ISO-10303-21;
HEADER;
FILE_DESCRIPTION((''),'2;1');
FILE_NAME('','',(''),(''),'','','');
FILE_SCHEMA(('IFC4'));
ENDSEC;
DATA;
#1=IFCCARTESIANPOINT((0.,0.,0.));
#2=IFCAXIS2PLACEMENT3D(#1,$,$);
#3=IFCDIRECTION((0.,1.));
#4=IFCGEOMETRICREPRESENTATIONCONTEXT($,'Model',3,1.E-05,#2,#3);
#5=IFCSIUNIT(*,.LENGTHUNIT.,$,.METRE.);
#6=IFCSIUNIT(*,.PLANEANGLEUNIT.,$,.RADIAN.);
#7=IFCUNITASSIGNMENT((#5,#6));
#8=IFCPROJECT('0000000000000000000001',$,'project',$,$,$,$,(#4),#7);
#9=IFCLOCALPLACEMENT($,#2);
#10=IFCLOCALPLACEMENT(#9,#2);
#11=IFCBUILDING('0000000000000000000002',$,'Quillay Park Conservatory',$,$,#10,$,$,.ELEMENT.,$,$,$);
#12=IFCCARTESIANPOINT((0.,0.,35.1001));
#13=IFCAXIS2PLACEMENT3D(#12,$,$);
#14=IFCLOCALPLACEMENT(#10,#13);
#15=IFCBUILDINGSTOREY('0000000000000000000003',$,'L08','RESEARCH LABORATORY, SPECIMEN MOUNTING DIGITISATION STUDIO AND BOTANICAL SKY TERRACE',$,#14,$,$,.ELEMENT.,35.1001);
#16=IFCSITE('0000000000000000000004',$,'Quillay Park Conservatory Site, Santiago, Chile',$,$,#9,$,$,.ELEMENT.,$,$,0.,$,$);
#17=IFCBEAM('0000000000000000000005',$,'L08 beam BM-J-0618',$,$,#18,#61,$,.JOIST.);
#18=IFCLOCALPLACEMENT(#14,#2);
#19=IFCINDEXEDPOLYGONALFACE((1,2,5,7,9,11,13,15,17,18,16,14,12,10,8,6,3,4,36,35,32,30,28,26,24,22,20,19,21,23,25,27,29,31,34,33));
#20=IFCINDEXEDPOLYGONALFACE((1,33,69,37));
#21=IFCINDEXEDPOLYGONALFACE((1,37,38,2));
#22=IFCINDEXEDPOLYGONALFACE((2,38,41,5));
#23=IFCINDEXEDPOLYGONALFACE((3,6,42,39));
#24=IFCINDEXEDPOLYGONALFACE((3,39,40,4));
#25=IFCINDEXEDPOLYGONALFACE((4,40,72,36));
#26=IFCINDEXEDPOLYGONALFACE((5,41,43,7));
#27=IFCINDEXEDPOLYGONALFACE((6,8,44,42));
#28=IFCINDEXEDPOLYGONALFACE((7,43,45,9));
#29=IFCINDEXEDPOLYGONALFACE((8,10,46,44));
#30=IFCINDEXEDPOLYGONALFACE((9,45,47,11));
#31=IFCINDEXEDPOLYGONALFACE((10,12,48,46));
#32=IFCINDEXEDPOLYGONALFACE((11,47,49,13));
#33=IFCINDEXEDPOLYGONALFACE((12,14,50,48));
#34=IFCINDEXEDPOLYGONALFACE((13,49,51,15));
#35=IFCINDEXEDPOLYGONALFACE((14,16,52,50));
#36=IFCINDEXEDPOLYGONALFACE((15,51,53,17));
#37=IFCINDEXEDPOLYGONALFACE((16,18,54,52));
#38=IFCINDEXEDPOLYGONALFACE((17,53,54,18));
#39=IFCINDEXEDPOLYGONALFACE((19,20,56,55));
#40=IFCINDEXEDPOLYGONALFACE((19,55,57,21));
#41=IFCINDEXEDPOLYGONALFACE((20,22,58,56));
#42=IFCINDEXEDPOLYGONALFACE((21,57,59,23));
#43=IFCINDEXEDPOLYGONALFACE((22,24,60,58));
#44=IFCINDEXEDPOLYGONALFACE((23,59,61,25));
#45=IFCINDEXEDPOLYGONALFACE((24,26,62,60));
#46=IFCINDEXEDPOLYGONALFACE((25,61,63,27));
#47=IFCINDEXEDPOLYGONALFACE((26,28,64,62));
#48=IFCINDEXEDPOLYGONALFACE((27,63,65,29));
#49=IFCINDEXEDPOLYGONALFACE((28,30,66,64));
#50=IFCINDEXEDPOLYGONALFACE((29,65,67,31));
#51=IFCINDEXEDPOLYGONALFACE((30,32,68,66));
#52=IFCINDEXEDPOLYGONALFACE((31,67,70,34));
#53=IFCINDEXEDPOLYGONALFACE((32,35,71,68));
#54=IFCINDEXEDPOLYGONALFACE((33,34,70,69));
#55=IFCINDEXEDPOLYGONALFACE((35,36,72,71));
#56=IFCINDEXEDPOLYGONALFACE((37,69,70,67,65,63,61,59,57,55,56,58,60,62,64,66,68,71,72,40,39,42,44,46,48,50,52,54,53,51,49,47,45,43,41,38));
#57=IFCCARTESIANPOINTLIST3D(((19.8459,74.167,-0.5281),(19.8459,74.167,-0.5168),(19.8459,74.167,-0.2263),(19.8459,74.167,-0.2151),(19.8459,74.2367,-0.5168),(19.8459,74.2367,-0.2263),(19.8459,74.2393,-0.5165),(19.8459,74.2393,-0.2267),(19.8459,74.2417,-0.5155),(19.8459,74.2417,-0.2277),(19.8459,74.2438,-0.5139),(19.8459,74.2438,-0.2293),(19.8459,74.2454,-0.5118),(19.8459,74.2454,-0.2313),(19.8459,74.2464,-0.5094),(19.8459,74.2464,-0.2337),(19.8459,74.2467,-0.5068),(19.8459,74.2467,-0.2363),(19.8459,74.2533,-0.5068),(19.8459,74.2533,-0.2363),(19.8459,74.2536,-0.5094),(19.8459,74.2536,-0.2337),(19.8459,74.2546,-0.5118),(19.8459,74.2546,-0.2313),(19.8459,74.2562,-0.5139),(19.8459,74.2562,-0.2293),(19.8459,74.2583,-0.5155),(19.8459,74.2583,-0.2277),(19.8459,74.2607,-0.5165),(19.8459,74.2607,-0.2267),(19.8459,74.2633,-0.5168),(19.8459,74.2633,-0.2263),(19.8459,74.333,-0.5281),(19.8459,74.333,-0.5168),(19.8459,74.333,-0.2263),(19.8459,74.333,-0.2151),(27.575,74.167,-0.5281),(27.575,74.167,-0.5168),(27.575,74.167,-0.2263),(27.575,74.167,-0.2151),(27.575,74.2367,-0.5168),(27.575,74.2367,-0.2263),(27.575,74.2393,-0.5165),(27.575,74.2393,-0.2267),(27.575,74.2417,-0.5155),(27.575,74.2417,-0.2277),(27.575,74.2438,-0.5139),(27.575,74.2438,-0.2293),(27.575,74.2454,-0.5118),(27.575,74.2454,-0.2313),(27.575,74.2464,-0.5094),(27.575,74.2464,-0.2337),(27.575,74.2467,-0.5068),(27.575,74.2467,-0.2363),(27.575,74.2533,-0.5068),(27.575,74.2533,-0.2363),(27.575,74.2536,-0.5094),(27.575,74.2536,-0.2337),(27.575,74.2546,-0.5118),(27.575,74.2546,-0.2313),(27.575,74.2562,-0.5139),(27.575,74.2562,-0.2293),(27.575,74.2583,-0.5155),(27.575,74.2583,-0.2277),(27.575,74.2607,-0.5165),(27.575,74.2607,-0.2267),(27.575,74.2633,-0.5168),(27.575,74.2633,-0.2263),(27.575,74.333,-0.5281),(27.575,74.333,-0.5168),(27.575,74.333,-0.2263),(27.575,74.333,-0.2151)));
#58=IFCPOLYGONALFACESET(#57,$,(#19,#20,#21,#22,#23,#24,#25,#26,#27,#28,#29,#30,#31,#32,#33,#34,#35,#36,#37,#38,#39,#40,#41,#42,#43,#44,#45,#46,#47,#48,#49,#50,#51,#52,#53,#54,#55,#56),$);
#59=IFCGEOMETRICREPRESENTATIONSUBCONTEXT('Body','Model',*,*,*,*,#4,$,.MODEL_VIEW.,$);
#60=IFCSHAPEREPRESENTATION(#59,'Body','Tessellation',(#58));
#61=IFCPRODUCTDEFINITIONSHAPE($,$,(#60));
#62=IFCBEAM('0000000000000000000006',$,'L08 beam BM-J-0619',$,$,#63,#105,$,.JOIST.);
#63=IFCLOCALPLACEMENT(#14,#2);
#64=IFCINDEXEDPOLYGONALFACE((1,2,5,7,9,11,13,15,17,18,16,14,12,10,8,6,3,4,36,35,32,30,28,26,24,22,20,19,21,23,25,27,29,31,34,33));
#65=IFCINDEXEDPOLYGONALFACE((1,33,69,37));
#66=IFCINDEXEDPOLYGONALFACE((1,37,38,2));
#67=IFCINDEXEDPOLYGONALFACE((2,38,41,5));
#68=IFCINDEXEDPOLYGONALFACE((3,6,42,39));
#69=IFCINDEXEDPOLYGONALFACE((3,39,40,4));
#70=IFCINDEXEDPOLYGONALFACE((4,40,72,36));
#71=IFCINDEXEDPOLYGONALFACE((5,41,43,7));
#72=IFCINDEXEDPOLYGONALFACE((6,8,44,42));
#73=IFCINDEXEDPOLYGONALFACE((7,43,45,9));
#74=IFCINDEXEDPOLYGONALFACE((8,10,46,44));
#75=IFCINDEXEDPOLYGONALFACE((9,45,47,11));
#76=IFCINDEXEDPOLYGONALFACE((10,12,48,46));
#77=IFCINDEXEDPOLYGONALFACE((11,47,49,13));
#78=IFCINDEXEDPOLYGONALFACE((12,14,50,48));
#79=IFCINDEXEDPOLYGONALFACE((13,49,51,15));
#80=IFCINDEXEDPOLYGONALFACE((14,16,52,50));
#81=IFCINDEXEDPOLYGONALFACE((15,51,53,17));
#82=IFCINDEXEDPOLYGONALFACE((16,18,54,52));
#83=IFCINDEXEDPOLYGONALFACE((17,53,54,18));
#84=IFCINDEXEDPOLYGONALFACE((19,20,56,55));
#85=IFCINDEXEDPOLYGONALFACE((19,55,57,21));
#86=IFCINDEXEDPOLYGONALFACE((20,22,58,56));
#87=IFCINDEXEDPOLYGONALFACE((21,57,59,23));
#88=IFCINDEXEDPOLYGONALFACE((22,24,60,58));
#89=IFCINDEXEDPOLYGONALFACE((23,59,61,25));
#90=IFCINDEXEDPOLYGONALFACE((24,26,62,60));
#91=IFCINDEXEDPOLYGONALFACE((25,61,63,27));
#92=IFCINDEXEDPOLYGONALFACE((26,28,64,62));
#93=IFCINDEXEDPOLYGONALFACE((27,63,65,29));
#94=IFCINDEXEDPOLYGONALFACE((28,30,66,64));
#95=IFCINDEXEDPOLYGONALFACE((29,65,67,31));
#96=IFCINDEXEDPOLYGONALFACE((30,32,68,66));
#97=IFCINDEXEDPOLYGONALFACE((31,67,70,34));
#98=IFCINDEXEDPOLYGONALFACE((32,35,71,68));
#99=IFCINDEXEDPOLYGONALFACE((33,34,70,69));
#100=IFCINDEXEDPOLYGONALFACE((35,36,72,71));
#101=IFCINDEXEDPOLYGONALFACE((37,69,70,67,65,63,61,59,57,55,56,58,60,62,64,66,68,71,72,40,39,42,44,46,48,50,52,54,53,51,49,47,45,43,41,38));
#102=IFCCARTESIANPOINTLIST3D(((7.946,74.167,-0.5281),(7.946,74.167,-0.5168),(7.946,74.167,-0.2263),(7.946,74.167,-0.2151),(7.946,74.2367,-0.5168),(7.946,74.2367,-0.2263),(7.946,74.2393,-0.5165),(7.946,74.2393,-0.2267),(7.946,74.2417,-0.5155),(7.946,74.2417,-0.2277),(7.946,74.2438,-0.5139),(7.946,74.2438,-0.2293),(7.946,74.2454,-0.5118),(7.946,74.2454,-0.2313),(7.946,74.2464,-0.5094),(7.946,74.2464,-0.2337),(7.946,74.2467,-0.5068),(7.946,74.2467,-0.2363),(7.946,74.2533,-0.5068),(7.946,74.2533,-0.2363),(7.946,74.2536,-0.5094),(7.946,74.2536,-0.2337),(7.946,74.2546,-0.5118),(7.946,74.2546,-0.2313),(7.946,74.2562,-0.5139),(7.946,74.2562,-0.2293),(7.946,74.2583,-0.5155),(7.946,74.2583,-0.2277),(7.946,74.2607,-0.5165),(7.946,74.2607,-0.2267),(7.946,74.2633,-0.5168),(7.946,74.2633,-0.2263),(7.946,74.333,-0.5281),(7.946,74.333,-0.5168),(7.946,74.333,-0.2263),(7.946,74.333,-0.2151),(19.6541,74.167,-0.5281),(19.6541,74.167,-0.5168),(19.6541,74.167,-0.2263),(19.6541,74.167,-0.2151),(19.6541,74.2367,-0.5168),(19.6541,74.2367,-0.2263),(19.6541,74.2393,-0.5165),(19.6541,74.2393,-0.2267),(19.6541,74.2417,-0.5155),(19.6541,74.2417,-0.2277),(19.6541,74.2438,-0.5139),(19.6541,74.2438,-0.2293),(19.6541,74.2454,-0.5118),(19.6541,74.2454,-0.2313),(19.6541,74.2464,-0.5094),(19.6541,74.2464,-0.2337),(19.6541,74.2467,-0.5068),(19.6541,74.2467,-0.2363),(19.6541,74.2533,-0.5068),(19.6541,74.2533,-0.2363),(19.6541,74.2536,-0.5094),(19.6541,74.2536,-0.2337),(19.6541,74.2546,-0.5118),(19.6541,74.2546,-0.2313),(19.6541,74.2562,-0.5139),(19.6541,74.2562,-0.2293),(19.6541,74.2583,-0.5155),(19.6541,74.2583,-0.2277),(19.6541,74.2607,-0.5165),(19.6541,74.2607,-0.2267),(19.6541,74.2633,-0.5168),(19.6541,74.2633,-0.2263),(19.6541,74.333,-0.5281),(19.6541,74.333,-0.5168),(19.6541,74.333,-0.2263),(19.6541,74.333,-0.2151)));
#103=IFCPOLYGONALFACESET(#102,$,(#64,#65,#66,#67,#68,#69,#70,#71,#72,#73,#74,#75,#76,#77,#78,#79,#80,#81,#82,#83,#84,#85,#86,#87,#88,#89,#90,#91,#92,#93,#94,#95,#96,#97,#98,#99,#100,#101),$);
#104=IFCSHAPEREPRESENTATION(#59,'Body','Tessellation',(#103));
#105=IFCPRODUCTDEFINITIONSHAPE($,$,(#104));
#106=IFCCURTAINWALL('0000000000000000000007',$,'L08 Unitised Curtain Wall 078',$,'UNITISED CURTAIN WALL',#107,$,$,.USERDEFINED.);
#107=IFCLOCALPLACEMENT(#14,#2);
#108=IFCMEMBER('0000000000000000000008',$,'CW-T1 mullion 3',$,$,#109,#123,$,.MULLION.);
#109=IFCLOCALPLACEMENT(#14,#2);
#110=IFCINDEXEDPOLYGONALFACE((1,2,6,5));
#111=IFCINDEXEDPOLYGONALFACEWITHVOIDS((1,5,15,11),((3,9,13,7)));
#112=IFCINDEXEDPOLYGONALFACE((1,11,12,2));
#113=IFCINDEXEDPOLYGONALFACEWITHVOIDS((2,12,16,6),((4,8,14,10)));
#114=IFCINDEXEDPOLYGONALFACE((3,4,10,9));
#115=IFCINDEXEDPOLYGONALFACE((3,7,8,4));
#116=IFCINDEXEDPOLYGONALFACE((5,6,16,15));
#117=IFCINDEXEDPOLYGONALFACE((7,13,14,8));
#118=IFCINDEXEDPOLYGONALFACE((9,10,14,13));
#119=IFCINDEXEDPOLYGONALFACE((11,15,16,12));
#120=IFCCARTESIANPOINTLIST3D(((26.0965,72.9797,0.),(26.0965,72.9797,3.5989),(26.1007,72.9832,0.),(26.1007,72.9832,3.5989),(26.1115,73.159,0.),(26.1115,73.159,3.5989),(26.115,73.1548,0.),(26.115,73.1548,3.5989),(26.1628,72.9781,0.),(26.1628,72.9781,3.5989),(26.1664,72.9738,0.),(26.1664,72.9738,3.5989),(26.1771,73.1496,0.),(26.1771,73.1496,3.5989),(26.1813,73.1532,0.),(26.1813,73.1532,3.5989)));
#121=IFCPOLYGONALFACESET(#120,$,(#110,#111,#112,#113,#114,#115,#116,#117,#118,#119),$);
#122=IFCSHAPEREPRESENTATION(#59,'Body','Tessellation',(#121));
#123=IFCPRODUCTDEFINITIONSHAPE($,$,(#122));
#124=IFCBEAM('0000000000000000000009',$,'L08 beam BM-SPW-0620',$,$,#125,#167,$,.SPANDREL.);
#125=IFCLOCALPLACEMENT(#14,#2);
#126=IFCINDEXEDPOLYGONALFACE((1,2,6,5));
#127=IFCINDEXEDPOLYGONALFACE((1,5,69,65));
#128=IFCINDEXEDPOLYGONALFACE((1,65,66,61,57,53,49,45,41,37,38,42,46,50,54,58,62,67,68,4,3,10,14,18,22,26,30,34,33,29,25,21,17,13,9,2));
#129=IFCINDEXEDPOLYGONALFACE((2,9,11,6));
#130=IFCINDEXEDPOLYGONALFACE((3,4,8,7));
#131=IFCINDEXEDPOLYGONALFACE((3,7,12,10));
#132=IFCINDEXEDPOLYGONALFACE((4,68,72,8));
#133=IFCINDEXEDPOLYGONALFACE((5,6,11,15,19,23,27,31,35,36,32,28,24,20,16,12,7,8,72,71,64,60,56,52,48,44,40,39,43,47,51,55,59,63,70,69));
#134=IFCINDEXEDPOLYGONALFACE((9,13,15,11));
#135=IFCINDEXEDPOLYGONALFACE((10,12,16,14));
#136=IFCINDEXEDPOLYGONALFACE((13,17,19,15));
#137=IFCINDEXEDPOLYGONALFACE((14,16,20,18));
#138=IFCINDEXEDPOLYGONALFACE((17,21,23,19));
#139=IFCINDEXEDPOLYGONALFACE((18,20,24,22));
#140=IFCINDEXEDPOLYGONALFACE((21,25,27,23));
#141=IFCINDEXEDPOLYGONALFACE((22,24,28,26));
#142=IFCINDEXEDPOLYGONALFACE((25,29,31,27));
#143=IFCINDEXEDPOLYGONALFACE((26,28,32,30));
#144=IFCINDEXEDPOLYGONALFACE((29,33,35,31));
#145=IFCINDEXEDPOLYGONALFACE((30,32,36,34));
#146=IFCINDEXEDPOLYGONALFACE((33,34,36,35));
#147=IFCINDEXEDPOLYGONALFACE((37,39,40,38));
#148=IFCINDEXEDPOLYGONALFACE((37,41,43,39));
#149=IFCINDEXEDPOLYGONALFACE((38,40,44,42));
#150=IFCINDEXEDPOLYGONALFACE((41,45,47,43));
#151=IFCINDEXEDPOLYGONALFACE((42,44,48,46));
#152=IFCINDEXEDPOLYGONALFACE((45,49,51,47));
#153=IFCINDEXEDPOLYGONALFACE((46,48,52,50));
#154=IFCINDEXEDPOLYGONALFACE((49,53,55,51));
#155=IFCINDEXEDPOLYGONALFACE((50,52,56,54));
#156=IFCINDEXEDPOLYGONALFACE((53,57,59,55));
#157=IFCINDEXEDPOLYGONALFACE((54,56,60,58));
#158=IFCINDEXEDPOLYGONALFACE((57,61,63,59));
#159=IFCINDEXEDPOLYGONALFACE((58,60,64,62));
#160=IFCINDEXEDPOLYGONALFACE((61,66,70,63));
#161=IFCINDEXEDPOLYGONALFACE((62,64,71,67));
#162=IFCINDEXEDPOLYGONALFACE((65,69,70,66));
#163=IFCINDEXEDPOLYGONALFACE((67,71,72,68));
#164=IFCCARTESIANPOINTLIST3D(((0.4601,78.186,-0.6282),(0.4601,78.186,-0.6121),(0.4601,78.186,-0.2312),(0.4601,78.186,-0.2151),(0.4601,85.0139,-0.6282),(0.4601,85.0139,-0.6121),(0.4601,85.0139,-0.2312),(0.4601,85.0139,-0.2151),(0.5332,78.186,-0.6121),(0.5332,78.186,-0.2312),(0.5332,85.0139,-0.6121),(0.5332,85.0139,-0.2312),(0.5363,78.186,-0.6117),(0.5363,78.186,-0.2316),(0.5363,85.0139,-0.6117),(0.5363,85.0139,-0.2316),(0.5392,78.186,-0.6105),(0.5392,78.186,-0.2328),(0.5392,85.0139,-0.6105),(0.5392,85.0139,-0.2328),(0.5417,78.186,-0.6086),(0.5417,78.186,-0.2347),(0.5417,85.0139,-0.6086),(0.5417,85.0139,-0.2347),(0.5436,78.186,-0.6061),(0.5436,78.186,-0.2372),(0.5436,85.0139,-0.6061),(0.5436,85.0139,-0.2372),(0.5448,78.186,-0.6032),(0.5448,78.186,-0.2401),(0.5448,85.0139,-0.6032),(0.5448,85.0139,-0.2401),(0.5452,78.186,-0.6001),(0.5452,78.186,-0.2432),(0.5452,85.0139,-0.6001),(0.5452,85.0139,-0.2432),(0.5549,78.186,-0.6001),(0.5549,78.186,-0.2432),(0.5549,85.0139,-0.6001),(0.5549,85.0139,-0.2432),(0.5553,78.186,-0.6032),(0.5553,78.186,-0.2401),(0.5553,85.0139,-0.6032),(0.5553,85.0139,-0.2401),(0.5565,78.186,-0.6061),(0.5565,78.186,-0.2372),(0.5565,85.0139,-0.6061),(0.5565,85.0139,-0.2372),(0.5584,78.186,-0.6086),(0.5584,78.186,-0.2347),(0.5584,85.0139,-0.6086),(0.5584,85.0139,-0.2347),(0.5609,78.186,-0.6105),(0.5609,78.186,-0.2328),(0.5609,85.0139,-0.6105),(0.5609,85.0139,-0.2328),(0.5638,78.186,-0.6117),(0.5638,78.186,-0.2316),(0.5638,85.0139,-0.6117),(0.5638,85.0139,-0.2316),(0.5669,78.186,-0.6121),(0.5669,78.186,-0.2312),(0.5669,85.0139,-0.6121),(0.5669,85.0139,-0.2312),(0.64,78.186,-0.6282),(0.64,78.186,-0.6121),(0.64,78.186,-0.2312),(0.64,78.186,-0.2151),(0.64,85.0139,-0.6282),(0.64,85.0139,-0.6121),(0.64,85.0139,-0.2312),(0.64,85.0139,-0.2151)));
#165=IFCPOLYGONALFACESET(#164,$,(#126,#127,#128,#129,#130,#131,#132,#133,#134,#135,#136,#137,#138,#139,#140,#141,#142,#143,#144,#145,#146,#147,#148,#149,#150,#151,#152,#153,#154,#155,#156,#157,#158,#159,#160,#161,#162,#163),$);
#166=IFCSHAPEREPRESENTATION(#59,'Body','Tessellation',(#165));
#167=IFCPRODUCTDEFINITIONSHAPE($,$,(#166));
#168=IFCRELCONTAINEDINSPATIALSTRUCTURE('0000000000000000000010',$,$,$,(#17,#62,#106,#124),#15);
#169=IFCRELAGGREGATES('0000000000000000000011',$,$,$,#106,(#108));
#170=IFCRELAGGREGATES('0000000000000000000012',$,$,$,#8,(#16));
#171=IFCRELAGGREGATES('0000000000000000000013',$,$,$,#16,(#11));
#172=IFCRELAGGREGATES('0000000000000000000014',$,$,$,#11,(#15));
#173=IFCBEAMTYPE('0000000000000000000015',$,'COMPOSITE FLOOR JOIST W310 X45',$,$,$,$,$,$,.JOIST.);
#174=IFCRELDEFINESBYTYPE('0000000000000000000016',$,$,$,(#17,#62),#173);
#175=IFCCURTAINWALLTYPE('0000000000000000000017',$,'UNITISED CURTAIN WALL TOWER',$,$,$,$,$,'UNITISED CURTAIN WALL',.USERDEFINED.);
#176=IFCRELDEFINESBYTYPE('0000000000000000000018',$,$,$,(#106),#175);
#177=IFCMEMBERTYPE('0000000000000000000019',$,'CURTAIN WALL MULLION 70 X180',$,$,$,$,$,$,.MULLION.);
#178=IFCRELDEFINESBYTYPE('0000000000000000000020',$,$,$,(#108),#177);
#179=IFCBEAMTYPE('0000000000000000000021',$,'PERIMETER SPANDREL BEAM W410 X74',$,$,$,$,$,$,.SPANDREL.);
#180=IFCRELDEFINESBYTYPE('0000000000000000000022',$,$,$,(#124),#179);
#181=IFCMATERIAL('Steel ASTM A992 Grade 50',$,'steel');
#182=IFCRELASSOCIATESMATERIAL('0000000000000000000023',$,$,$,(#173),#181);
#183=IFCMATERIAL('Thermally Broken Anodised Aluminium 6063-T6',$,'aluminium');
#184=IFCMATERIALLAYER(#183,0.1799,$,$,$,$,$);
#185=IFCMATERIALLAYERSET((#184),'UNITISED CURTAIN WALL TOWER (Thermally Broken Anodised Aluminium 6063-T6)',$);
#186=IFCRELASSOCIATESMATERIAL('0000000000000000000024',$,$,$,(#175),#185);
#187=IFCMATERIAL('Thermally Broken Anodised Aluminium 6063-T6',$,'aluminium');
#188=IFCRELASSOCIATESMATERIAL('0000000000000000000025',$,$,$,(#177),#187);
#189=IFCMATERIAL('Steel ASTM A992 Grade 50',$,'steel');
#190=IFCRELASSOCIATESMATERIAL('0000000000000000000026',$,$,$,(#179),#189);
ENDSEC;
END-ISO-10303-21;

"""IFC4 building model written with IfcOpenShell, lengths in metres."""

from ifc_helpers import new_model, si_unit, direction, frame, origin, origin_2d, place, context, subcontext, project, spatial, hollow_rectangle, i_section, extrude, material, layer, layer_set, material_profile, profile_set, type_object, element, aggregate, save


model = new_model("IFC4")

# Units and contexts
model_context = context("Model", 3, precision=1e-05, world=origin(), true_north=direction((0.0, 1.0)))
body_context = subcontext(model_context, "Body", "Model", "MODEL_VIEW")
ifc_project = project(units=[si_unit("LENGTHUNIT", "METRE"), si_unit("PLANEANGLEUNIT", "RADIAN")], contexts=[model_context])

# Site, building, storey
site_placement = place(None, origin())
site = spatial("IfcSite", under=ifc_project, at=site_placement, Name="Quillay Park Conservatory Site, Santiago, Chile", CompositionType="ELEMENT", RefElevation=0.0)
building_placement = place(site_placement, origin())
building = spatial("IfcBuilding", under=site, at=building_placement, Name="Quillay Park Conservatory", CompositionType="ELEMENT")
storey_placement = place(building_placement, frame((0.0, 0.0, 35.1001)))
storey = spatial("IfcBuildingStorey", under=building, at=storey_placement, Name="L08", Description="RESEARCH LABORATORY, SPECIMEN MOUNTING DIGITISATION STUDIO AND BOTANICAL SKY TERRACE", CompositionType="ELEMENT", Elevation=35.1001)

# Beams
ifc_material_1 = material(Name="Steel ASTM A992 Grade 50", Category="steel")
ifc_material_profile_1 = material_profile(ifc_material_1, i_section(OverallWidth=0.166, OverallDepth=0.313, WebThickness=0.0066, FlangeThickness=0.0112, FilletRadius=0.01, at=origin_2d()), Name="W310x45")
ifc_profile_set_1 = profile_set([ifc_material_profile_1], Name="Steel ASTM A992 Grade 50")
beam_type_1 = type_object("IfcBeamType", Name="COMPOSITE FLOOR JOIST W310 X45", PredefinedType="JOIST", material=ifc_profile_set_1)
beam_1_placement = place(storey_placement, frame((19.8459, 74.25, -0.3716), z_axis=(1.0, 0.0, 0.0), x_axis=(0.0, 1.0, 0.0)))
element("IfcBeam", 1, at=beam_1_placement, inside=storey, type_object=beam_type_1, Name="L08 beam BM-J-0618", PredefinedType="JOIST", context=body_context, shape_type="SweptSolid", body=[
    extrude(i_section(OverallWidth=0.166, OverallDepth=0.313, WebThickness=0.0066, FlangeThickness=0.0112, FilletRadius=0.01, at=origin_2d()), origin(), (0.0, 0.0, 1.0), 7.729),
])
beam_2_placement = place(storey_placement, frame((7.946, 74.25, -0.3716), z_axis=(1.0, 0.0, 0.0), x_axis=(0.0, 1.0, 0.0)))
element("IfcBeam", 2, at=beam_2_placement, inside=storey, type_object=beam_type_1, Name="L08 beam BM-J-0619", PredefinedType="JOIST", context=body_context, shape_type="SweptSolid", body=[
    extrude(i_section(OverallWidth=0.166, OverallDepth=0.313, WebThickness=0.0066, FlangeThickness=0.0112, FilletRadius=0.01, at=origin_2d()), origin(), (0.0, 0.0, 1.0), 11.708),
])

# Curtain wall, member
ifc_material_2 = material(Name="Thermally Broken Anodised Aluminium 6063-T6", Category="aluminium")
ifc_layer_1 = layer(ifc_material_2, 0.1799)
ifc_layer_set_1 = layer_set([ifc_layer_1], Name="UNITISED CURTAIN WALL TOWER (Thermally Broken Anodised Aluminium 6063-T6)")
curtain_wall_type = type_object("IfcCurtainWallType", Name="UNITISED CURTAIN WALL TOWER", ElementType="UNITISED CURTAIN WALL", PredefinedType="USERDEFINED", material=ifc_layer_set_1)
curtain_wall_placement = place(storey_placement, origin())
curtain_wall = element("IfcCurtainWall", 3, at=curtain_wall_placement, inside=storey, type_object=curtain_wall_type, Name="L08 Unitised Curtain Wall 078", ObjectType="UNITISED CURTAIN WALL", PredefinedType="USERDEFINED")
ifc_material_3 = material(Name="Thermally Broken Anodised Aluminium 6063-T6", Category="aluminium")
ifc_material_profile_2 = material_profile(ifc_material_3, hollow_rectangle(XDim=0.0701, YDim=0.1799, WallThickness=0.0039, at=origin_2d()), Name="AL70x180x4")
ifc_profile_set_2 = profile_set([ifc_material_profile_2], Name="Thermally Broken Anodised Aluminium 6063-T6")
member_type = type_object("IfcMemberType", Name="CURTAIN WALL MULLION 70 X180", PredefinedType="MULLION", material=ifc_profile_set_2)
member_placement = place(storey_placement, frame((26.1389, 73.0664, 0.0), z_axis=(0.0, 0.0, 1.0), x_axis=(0.996546, -0.083048, 0.0)))
member = element("IfcMember", 4, at=member_placement, type_object=member_type, Name="CW-T1 mullion 3", PredefinedType="MULLION", context=body_context, shape_type="SweptSolid", body=[
    extrude(hollow_rectangle(XDim=0.0701, YDim=0.1799, WallThickness=0.0039, at=origin_2d()), origin(), (0.0, 0.0, 1.0), 3.5989),
])

# Beam
ifc_material_4 = material(Name="Steel ASTM A992 Grade 50", Category="steel")
ifc_material_profile_3 = material_profile(ifc_material_4, i_section(OverallWidth=0.1799, OverallDepth=0.4131, WebThickness=0.0098, FlangeThickness=0.0161, FilletRadius=0.012, at=origin_2d()), Name="W410x74")
ifc_profile_set_3 = profile_set([ifc_material_profile_3], Name="Steel ASTM A992 Grade 50")
beam_type_2 = type_object("IfcBeamType", Name="PERIMETER SPANDREL BEAM W410 X74", PredefinedType="SPANDREL", material=ifc_profile_set_3)
beam_3_placement = place(storey_placement, frame((0.55, 78.186, -0.4216), z_axis=(0.0, 1.0, 0.0), x_axis=(-1.0, 0.0, 0.0)))
element("IfcBeam", 5, at=beam_3_placement, inside=storey, type_object=beam_type_2, Name="L08 beam BM-SPW-0620", PredefinedType="SPANDREL", context=body_context, shape_type="SweptSolid", body=[
    extrude(i_section(OverallWidth=0.1799, OverallDepth=0.4131, WebThickness=0.0098, FlangeThickness=0.0161, FilletRadius=0.012, at=origin_2d()), origin(), (0.0, 0.0, 1.0), 6.8279),
])

aggregate(curtain_wall, [member])

save(model, "model.ifc")
